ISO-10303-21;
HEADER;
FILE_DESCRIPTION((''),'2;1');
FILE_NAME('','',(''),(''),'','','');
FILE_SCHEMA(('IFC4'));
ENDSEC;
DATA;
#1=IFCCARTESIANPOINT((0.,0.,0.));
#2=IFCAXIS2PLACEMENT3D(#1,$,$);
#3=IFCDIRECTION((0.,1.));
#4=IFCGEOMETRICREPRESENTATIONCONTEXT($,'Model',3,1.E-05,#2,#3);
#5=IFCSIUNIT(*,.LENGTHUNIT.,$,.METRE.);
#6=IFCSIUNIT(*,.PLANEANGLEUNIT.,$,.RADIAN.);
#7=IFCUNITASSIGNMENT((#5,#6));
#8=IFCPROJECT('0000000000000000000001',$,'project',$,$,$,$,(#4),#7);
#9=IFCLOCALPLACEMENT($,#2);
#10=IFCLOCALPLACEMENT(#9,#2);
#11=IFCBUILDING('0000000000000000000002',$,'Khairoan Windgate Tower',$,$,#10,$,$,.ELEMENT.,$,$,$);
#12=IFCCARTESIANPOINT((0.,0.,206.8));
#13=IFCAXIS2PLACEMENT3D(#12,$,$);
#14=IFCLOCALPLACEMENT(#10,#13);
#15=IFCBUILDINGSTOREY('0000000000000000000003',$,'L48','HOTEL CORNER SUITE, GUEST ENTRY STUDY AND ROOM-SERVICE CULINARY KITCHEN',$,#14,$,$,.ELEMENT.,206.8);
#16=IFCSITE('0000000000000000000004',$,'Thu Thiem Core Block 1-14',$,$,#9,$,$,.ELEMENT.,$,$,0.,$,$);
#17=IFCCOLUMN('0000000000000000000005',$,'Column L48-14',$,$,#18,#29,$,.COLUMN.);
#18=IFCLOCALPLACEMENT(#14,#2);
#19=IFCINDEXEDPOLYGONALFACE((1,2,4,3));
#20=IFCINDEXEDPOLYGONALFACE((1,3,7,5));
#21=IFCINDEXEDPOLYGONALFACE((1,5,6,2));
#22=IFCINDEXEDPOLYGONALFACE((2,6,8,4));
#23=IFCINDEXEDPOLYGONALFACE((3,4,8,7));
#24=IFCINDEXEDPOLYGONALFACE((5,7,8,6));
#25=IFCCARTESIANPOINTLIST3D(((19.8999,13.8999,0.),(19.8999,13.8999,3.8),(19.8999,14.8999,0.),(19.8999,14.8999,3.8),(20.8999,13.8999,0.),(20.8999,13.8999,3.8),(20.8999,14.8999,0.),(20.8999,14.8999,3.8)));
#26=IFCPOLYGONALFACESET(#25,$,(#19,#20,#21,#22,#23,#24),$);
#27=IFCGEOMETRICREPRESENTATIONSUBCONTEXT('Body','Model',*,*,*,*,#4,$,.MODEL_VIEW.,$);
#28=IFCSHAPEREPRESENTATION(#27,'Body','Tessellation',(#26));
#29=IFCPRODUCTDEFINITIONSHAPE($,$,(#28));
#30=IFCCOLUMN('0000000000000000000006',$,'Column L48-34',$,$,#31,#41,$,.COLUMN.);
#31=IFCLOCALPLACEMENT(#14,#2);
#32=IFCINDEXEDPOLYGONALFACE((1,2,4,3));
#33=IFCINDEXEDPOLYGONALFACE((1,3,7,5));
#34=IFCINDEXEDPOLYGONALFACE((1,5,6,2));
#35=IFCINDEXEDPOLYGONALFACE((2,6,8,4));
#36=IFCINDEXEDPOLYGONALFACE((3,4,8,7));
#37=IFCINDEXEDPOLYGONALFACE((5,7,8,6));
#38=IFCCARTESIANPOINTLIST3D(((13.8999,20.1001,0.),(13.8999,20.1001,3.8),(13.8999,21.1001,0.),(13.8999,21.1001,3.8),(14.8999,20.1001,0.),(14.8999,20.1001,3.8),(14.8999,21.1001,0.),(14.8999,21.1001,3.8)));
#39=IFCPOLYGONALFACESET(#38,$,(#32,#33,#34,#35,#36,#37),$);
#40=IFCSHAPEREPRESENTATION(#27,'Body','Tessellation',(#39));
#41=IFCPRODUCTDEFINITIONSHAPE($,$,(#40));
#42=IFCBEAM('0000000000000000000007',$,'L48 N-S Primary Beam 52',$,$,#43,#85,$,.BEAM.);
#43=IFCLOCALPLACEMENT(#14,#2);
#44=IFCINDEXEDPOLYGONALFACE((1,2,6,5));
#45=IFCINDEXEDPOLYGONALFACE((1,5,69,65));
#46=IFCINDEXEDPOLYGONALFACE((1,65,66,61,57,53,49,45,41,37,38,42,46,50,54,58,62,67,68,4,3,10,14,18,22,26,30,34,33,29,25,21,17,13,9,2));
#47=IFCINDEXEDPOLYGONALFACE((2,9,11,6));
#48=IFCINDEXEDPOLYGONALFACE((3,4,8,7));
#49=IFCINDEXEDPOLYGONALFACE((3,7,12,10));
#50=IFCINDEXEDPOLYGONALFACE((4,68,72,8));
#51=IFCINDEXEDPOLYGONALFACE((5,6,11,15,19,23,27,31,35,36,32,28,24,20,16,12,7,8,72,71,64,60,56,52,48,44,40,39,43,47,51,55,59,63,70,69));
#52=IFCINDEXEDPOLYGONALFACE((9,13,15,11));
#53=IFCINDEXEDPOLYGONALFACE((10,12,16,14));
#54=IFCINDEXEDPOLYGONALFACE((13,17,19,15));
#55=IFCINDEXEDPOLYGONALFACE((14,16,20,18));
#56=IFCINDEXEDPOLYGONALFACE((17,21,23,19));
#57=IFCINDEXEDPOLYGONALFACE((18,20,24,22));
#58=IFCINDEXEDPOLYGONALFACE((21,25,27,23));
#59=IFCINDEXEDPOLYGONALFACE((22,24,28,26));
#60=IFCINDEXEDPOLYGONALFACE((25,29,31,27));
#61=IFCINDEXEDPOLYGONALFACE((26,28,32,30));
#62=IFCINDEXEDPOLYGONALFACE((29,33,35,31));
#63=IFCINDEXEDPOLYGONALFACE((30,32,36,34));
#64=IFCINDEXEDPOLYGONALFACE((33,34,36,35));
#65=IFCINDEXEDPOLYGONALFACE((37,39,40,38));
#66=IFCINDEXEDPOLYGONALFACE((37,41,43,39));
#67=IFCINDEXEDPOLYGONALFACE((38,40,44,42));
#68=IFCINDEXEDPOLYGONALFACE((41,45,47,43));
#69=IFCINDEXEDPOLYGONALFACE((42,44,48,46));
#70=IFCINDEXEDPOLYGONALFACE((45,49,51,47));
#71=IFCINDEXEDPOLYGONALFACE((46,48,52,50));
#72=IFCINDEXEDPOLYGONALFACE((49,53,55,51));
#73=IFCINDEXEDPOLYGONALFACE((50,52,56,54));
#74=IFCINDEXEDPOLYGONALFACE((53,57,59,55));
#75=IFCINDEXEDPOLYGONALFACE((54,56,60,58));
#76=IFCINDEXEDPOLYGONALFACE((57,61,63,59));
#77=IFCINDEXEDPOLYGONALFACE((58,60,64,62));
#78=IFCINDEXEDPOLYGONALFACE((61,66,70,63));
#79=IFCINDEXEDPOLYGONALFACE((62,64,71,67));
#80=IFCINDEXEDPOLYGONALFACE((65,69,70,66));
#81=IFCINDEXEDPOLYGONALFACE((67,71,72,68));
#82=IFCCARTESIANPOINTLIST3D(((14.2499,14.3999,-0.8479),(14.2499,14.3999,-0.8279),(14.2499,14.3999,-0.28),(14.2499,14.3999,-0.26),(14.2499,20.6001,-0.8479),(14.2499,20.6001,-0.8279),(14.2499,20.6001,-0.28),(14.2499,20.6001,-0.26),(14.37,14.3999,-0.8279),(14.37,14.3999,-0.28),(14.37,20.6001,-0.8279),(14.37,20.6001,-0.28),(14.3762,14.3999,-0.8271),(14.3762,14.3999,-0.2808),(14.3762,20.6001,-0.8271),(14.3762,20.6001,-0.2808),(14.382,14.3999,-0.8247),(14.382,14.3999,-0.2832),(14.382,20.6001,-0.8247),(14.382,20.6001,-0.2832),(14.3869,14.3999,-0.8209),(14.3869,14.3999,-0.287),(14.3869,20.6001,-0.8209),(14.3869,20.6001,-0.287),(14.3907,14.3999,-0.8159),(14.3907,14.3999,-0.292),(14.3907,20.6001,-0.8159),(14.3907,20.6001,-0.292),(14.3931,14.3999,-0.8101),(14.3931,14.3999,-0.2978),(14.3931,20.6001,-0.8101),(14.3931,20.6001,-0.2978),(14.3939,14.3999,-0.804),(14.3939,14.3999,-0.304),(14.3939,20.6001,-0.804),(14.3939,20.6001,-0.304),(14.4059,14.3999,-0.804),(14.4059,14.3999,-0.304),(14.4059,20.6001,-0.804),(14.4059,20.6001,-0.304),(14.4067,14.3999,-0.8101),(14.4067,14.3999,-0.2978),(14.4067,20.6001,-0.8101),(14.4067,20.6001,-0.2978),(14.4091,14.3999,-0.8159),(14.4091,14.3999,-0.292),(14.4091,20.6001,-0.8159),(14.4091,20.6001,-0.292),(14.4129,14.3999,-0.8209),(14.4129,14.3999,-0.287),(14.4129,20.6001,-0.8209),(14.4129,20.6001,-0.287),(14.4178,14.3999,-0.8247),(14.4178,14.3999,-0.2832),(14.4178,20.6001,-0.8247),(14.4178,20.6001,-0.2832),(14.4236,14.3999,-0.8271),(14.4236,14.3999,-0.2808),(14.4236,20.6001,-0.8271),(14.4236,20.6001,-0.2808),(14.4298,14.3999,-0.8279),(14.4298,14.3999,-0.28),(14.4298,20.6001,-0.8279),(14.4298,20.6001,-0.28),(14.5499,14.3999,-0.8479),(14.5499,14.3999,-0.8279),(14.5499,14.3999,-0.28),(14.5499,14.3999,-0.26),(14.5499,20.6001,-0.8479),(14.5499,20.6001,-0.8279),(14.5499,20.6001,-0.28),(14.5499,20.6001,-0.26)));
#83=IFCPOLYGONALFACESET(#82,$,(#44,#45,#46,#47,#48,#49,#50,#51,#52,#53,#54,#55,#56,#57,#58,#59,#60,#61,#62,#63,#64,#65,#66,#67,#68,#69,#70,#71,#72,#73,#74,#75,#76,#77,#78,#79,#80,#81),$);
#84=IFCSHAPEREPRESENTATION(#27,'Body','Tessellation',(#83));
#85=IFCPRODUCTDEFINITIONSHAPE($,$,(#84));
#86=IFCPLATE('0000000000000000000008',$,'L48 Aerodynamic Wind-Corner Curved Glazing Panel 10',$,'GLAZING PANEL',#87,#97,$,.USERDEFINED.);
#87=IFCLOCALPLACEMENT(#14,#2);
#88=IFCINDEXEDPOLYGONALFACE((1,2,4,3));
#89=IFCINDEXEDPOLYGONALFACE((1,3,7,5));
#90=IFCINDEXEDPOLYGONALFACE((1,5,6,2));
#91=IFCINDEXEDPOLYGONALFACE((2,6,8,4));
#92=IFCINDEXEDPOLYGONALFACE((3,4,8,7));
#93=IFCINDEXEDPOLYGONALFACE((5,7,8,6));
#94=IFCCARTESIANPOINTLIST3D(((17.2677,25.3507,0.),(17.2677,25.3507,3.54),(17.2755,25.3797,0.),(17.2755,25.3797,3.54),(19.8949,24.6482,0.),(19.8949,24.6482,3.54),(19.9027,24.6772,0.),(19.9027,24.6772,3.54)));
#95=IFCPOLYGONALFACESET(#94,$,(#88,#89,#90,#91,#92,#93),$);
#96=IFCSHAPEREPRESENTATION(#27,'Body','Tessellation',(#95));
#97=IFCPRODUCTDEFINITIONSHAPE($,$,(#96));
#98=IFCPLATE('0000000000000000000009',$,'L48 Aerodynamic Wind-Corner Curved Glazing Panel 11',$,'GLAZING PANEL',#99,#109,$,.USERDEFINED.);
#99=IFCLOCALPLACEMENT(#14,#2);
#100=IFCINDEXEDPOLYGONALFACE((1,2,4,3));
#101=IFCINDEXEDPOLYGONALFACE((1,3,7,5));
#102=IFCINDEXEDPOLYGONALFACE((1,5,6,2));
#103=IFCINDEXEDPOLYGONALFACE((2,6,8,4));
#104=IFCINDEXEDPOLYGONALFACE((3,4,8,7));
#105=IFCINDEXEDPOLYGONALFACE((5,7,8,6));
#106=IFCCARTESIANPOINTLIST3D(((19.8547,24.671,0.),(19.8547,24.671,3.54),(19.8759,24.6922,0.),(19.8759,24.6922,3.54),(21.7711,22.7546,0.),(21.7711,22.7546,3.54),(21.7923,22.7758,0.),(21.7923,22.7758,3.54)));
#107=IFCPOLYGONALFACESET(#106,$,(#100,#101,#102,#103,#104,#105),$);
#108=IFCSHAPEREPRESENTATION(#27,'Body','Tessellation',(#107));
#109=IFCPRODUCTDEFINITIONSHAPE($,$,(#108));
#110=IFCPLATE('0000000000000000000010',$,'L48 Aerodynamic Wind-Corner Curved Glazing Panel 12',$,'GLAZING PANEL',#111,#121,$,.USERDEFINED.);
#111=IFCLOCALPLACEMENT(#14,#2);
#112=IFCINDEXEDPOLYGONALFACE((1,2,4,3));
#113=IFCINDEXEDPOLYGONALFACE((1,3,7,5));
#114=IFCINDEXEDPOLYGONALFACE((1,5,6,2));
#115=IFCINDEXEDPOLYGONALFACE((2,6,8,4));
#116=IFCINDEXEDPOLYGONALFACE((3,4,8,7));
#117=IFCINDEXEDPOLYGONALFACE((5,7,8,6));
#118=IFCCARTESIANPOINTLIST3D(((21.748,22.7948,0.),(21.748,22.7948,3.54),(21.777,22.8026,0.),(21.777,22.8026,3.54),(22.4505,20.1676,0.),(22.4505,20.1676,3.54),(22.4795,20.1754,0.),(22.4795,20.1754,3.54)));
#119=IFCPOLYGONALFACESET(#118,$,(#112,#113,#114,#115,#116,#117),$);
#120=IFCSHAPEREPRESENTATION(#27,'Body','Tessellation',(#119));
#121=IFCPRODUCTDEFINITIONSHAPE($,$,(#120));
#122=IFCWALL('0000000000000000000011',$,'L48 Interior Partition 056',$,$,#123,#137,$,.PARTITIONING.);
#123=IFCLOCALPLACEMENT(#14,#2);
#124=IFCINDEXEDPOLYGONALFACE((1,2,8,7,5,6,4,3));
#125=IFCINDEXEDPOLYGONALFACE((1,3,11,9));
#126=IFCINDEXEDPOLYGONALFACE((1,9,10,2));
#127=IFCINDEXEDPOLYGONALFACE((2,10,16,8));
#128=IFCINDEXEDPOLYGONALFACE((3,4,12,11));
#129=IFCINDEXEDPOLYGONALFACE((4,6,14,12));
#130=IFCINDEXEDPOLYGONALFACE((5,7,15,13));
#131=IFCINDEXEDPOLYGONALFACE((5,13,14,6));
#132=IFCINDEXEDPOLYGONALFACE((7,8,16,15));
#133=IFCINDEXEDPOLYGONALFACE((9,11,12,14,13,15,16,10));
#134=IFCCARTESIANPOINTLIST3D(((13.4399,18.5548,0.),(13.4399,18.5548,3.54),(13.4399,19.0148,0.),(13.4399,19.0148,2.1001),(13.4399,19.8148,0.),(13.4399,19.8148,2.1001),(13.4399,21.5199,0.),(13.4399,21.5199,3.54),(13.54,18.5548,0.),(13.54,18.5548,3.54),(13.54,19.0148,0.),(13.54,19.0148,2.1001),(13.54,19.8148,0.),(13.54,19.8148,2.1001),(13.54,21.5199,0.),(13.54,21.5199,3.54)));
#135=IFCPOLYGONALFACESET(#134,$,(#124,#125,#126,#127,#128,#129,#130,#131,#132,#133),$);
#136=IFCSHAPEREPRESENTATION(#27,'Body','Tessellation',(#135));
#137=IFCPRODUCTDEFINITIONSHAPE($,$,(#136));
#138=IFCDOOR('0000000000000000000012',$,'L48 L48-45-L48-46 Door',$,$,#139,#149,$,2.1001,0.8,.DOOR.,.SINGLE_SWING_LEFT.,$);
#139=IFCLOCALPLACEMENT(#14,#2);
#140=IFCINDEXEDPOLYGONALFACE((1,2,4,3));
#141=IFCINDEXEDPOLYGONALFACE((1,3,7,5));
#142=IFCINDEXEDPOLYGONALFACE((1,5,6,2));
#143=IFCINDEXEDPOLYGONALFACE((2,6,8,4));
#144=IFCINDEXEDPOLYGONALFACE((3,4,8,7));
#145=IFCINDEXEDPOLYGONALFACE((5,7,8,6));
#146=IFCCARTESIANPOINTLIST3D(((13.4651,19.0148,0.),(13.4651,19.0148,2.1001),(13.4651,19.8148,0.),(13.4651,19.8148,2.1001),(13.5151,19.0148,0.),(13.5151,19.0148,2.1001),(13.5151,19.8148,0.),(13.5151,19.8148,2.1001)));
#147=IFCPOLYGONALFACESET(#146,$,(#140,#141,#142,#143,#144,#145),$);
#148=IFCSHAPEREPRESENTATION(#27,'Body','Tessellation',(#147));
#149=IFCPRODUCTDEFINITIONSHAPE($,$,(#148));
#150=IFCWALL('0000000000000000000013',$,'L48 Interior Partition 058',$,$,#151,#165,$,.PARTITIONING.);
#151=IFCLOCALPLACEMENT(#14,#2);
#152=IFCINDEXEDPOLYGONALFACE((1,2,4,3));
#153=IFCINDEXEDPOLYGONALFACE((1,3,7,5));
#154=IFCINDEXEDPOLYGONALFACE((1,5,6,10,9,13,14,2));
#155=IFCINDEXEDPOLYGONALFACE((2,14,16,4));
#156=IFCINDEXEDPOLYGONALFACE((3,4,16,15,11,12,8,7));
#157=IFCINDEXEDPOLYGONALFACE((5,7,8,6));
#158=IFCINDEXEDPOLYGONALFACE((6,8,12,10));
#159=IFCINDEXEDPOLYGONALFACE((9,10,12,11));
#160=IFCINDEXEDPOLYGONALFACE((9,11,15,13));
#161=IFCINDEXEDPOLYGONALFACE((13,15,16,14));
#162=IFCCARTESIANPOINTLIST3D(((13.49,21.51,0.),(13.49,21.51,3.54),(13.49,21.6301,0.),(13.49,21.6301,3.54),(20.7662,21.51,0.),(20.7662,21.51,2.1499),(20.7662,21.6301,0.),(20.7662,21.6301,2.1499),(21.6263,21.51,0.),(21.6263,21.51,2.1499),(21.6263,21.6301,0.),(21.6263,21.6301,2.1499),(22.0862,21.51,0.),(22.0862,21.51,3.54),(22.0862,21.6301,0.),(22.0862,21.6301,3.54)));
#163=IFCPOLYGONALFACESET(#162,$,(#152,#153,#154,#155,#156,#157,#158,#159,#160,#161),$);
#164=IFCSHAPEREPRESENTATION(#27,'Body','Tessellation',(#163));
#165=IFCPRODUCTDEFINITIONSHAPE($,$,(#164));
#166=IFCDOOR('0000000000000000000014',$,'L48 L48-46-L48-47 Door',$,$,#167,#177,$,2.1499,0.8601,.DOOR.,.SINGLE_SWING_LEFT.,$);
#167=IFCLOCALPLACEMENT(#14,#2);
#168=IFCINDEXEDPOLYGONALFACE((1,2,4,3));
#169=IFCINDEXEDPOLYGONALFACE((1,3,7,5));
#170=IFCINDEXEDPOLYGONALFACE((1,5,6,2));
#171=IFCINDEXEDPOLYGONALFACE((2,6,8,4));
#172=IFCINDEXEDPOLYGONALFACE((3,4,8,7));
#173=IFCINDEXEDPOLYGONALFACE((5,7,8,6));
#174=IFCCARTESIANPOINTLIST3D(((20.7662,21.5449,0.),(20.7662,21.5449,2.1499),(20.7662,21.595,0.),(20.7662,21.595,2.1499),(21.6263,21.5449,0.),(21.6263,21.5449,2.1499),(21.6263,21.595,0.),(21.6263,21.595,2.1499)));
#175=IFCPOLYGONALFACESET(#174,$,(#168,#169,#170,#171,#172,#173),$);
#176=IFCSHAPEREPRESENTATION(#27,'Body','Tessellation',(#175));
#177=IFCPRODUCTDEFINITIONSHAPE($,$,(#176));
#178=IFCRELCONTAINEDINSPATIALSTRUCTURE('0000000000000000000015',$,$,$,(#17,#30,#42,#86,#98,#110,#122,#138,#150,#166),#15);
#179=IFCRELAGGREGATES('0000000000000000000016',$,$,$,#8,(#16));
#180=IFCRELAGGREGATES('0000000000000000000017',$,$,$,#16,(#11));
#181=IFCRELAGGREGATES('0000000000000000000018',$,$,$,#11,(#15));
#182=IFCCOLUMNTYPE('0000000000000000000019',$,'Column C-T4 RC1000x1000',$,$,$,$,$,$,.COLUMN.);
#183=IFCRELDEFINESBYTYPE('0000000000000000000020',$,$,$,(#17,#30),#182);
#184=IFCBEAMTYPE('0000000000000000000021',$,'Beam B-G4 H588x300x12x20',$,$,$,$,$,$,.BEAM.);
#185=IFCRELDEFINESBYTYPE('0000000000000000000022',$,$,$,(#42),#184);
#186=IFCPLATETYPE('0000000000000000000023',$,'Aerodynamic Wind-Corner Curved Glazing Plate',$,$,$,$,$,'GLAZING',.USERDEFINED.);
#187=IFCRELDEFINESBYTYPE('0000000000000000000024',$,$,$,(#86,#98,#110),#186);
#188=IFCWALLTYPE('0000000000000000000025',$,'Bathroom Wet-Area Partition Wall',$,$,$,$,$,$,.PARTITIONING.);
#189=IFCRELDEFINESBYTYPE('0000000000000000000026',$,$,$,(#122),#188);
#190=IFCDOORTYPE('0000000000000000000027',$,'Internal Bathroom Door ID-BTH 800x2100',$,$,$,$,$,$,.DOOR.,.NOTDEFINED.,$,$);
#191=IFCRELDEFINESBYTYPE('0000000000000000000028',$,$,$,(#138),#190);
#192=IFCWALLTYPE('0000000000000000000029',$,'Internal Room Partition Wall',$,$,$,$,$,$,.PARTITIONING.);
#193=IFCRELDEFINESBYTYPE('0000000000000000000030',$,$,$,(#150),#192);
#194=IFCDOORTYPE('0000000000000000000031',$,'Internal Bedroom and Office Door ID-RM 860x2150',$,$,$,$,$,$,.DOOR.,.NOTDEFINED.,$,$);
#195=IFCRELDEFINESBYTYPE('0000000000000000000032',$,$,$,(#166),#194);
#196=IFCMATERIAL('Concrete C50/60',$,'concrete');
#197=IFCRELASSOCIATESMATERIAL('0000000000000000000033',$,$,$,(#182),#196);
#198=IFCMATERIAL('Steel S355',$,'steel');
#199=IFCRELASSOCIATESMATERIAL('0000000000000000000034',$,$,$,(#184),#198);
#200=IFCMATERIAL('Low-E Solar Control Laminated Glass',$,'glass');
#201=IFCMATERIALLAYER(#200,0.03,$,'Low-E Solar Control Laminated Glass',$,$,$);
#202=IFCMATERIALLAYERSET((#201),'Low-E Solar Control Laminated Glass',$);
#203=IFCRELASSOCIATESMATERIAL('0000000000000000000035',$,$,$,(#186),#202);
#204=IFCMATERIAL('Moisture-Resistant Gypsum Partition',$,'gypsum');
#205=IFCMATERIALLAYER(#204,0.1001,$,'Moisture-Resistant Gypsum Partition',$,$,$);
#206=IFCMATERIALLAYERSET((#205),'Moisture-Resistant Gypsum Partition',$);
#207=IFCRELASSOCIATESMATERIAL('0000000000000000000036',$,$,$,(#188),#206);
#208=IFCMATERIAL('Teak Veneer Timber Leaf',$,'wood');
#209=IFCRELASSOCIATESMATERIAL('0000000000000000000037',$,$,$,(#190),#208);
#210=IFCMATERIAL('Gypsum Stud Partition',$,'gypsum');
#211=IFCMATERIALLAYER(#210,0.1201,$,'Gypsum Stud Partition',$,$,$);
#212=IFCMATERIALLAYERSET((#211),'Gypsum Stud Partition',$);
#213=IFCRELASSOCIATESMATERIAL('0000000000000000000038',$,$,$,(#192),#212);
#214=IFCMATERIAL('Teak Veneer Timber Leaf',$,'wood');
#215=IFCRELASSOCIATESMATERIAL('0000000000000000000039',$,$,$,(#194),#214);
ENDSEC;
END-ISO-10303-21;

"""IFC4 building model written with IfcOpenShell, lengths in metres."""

from ifc_helpers import new_model, si_unit, direction, frame, frame_2d, origin, origin_2d, place, context, subcontext, project, spatial, rectangle, i_section, extrude, material, layer, layer_set, material_profile, profile_set, type_object, element, fill, save


model = new_model("IFC4")

# Units and contexts
model_context = context("Model", 3, precision=1e-05, world=origin(), true_north=direction((0.0, 1.0)))
body_context = subcontext(model_context, "Body", "Model", "MODEL_VIEW")
ifc_project = project(units=[si_unit("LENGTHUNIT", "METRE"), si_unit("PLANEANGLEUNIT", "RADIAN")], contexts=[model_context])

# Site, building, storey
site_placement = place(None, origin())
site = spatial("IfcSite", under=ifc_project, at=site_placement, Name="Thu Thiem Core Block 1-14", CompositionType="ELEMENT", RefElevation=0.0)
building_placement = place(site_placement, origin())
building = spatial("IfcBuilding", under=site, at=building_placement, Name="Khairoan Windgate Tower", CompositionType="ELEMENT")
storey_placement = place(building_placement, frame((0.0, 0.0, 206.8)))
storey = spatial("IfcBuildingStorey", under=building, at=storey_placement, Name="L48", Description="HOTEL CORNER SUITE, GUEST ENTRY STUDY AND ROOM-SERVICE CULINARY KITCHEN", CompositionType="ELEMENT", Elevation=206.8)

# Columns
ifc_material_1 = material(Name="Concrete C50/60", Category="concrete")
ifc_material_profile_1 = material_profile(ifc_material_1, rectangle(XDim=1.0, YDim=1.0, at=origin_2d()))
ifc_profile_set_1 = profile_set([ifc_material_profile_1], Name="Concrete C50/60")
column_type = type_object("IfcColumnType", Name="Column C-T4 RC1000x1000", PredefinedType="COLUMN", material=ifc_profile_set_1)
for number, where, z_axis, x_axis, name in (
    (1, (20.3999, 14.3999, 0.0), (0.0, 0.0, 1.0), (1.0, 0.0, 0.0), "Column L48-14"),
    (2, (14.3999, 20.6001, 0.0), (0.0, 0.0, 1.0), (1.0, 0.0, 0.0), "Column L48-34"),
):
    element("IfcColumn", number, at=place(storey_placement, frame(where, z_axis=z_axis, x_axis=x_axis)), inside=storey, type_object=column_type, Name=name, PredefinedType="COLUMN", context=body_context, shape_type="SweptSolid", body=[
        extrude(rectangle(XDim=1.0, YDim=1.0, at=origin_2d()), origin(), (0.0, 0.0, 1.0), 3.8),
    ])

# Beam
ifc_material_2 = material(Name="Steel S355", Category="steel")
ifc_material_profile_2 = material_profile(ifc_material_2, i_section(OverallWidth=0.3, OverallDepth=0.5879, WebThickness=0.012, FlangeThickness=0.02, FilletRadius=0.0239, at=origin_2d()))
ifc_profile_set_2 = profile_set([ifc_material_profile_2], Name="Steel S355")
beam_type = type_object("IfcBeamType", Name="Beam B-G4 H588x300x12x20", PredefinedType="BEAM", material=ifc_profile_set_2)
beam_placement = place(storey_placement, frame((14.3999, 14.3999, -0.554), z_axis=(0.0, 1.0, 0.0), x_axis=(-1.0, 0.0, 0.0)))
element("IfcBeam", 3, at=beam_placement, inside=storey, type_object=beam_type, Name="L48 N-S Primary Beam 52", PredefinedType="BEAM", context=body_context, shape_type="SweptSolid", body=[
    extrude(i_section(OverallWidth=0.3, OverallDepth=0.5879, WebThickness=0.012, FlangeThickness=0.02, FilletRadius=0.0239, at=origin_2d()), origin(), (0.0, 0.0, 1.0), 6.2002),
])

# Plates
ifc_material_3 = material(Name="Low-E Solar Control Laminated Glass", Category="glass")
ifc_layer_1 = layer(ifc_material_3, 0.03, Name="Low-E Solar Control Laminated Glass")
ifc_layer_set_1 = layer_set([ifc_layer_1], Name="Low-E Solar Control Laminated Glass")
plate_type_1 = type_object("IfcPlateType", Name="Aerodynamic Wind-Corner Curved Glazing Plate", ElementType="GLAZING", PredefinedType="USERDEFINED", material=ifc_layer_set_1)
plate_1_placement = place(storey_placement, frame((18.5852, 25.0139, 0.0), z_axis=(0.0, 0.0, 1.0), x_axis=(0.966061, -0.258313, 0.0)))
element("IfcPlate", 4, at=plate_1_placement, inside=storey, type_object=plate_type_1, Name="L48 Aerodynamic Wind-Corner Curved Glazing Panel 10", ObjectType="GLAZING PANEL", PredefinedType="USERDEFINED", context=body_context, shape_type="SweptSolid", body=[
    extrude(rectangle(XDim=2.7195, YDim=0.03, at=origin_2d()), origin(), (0.0, 0.0, 1.0), 3.54),
])
plate_2_placement = place(storey_placement, frame((20.8235, 23.7234, 0.0), z_axis=(0.0, 0.0, 1.0), x_axis=(0.707107, -0.707107, 0.0)))
element("IfcPlate", 5, at=plate_2_placement, inside=storey, type_object=plate_type_1, Name="L48 Aerodynamic Wind-Corner Curved Glazing Panel 11", ObjectType="GLAZING PANEL", PredefinedType="USERDEFINED", context=body_context, shape_type="SweptSolid", body=[
    extrude(rectangle(XDim=2.7102, YDim=0.03, at=origin_2d()), origin(), (0.0, 0.0, 1.0), 3.54),
])
plate_3_placement = place(storey_placement, frame((22.1138, 21.4851, 0.0), z_axis=(0.0, 0.0, 1.0), x_axis=(0.258313, -0.966061, 0.0)))
element("IfcPlate", 6, at=plate_3_placement, inside=storey, type_object=plate_type_1, Name="L48 Aerodynamic Wind-Corner Curved Glazing Panel 12", ObjectType="GLAZING PANEL", PredefinedType="USERDEFINED", context=body_context, shape_type="SweptSolid", body=[
    extrude(rectangle(XDim=2.7195, YDim=0.03, at=origin_2d()), origin(), (0.0, 0.0, 1.0), 3.54),
])

# Walls, openings, doors
ifc_material_4 = material(Name="Moisture-Resistant Gypsum Partition", Category="gypsum")
ifc_layer_2 = layer(ifc_material_4, 0.1001, Name="Moisture-Resistant Gypsum Partition")
ifc_layer_set_2 = layer_set([ifc_layer_2], Name="Moisture-Resistant Gypsum Partition")
wall_type_1 = type_object("IfcWallType", Name="Bathroom Wet-Area Partition Wall", PredefinedType="PARTITIONING", material=ifc_layer_set_2)
wall_1_placement = place(storey_placement, frame((13.49, 18.5549, 0.0), z_axis=(0.0, 0.0, 1.0), x_axis=(0.0, 1.0, 0.0)))
wall_1 = element("IfcWall", 7, at=wall_1_placement, inside=storey, type_object=wall_type_1, Name="L48 Interior Partition 056", PredefinedType="PARTITIONING", context=body_context, shape_type="SweptSolid", body=[
    extrude(rectangle(XDim=2.9651, YDim=0.1001, at=frame_2d((1.4824, 0.0))), origin(), (0.0, 0.0, 1.0), 3.54),
])
opening_1_placement = place(wall_1_placement, frame((0.46, 0.0, 0.0)))
opening_1 = element("IfcOpeningElement", 8, at=opening_1_placement, cuts=wall_1, PredefinedType="OPENING", context=body_context, shape_type="SweptSolid", body=[
    extrude(rectangle(XDim=0.8, YDim=2.1001, at=frame_2d((0.3999, 1.05))), frame((0.0, 0.0601, 0.0), z_axis=(0.0, -1.0, 0.0), x_axis=(1.0, 0.0, 0.0)), (0.0, 0.0, 1.0), 0.1201),
])
ifc_material_5 = material(Name="Teak Veneer Timber Leaf", Category="wood")
door_type_1 = type_object("IfcDoorType", Name="Internal Bathroom Door ID-BTH 800x2100", OperationType="NOTDEFINED", PredefinedType="DOOR", material=ifc_material_5)
door_1_placement = place(opening_1_placement, origin())
door_1 = element("IfcDoor", 9, at=door_1_placement, inside=storey, type_object=door_type_1, Name="L48 L48-45-L48-46 Door", OperationType="SINGLE_SWING_LEFT", OverallHeight=2.1001, OverallWidth=0.8, PredefinedType="DOOR", context=body_context, shape_type="SweptSolid", body=[
    extrude(rectangle(XDim=0.8, YDim=2.1001, at=frame_2d((0.3999, 1.05))), frame((0.0, 0.0249, 0.0), z_axis=(0.0, -1.0, 0.0), x_axis=(1.0, 0.0, 0.0)), (0.0, 0.0, 1.0), 0.05),
])
fill(opening_1, door_1)
ifc_material_6 = material(Name="Gypsum Stud Partition", Category="gypsum")
ifc_layer_3 = layer(ifc_material_6, 0.1201, Name="Gypsum Stud Partition")
ifc_layer_set_3 = layer_set([ifc_layer_3], Name="Gypsum Stud Partition")
wall_type_2 = type_object("IfcWallType", Name="Internal Room Partition Wall", PredefinedType="PARTITIONING", material=ifc_layer_set_3)
wall_2_placement = place(storey_placement, frame((13.49, 21.5701, 0.0), z_axis=(0.0, 0.0, 1.0), x_axis=(1.0, 0.0, 0.0)))
wall_2 = element("IfcWall", 10, at=wall_2_placement, inside=storey, type_object=wall_type_2, Name="L48 Interior Partition 058", PredefinedType="PARTITIONING", context=body_context, shape_type="SweptSolid", body=[
    extrude(rectangle(XDim=8.5962, YDim=0.1201, at=frame_2d((4.2981, 0.0))), origin(), (0.0, 0.0, 1.0), 3.54),
])
opening_2_placement = place(wall_2_placement, frame((7.2761, 0.0, 0.0)))
opening_2 = element("IfcOpeningElement", 11, at=opening_2_placement, cuts=wall_2, PredefinedType="OPENING", context=body_context, shape_type="SweptSolid", body=[
    extrude(rectangle(XDim=0.8601, YDim=2.1499, at=frame_2d((0.4302, 1.075))), frame((0.0, 0.0701, 0.0), z_axis=(0.0, -1.0, 0.0), x_axis=(1.0, 0.0, 0.0)), (0.0, 0.0, 1.0), 0.1401),
])
ifc_material_7 = material(Name="Teak Veneer Timber Leaf", Category="wood")
door_type_2 = type_object("IfcDoorType", Name="Internal Bedroom and Office Door ID-RM 860x2150", OperationType="NOTDEFINED", PredefinedType="DOOR", material=ifc_material_7)
door_2_placement = place(opening_2_placement, origin())
door_2 = element("IfcDoor", 12, at=door_2_placement, inside=storey, type_object=door_type_2, Name="L48 L48-46-L48-47 Door", OperationType="SINGLE_SWING_LEFT", OverallHeight=2.1499, OverallWidth=0.8601, PredefinedType="DOOR", context=body_context, shape_type="SweptSolid", body=[
    extrude(rectangle(XDim=0.8601, YDim=2.1499, at=frame_2d((0.4302, 1.075))), frame((0.0, 0.0249, 0.0), z_axis=(0.0, -1.0, 0.0), x_axis=(1.0, 0.0, 0.0)), (0.0, 0.0, 1.0), 0.05),
])
fill(opening_2, door_2)

save(model, "model.ifc")
